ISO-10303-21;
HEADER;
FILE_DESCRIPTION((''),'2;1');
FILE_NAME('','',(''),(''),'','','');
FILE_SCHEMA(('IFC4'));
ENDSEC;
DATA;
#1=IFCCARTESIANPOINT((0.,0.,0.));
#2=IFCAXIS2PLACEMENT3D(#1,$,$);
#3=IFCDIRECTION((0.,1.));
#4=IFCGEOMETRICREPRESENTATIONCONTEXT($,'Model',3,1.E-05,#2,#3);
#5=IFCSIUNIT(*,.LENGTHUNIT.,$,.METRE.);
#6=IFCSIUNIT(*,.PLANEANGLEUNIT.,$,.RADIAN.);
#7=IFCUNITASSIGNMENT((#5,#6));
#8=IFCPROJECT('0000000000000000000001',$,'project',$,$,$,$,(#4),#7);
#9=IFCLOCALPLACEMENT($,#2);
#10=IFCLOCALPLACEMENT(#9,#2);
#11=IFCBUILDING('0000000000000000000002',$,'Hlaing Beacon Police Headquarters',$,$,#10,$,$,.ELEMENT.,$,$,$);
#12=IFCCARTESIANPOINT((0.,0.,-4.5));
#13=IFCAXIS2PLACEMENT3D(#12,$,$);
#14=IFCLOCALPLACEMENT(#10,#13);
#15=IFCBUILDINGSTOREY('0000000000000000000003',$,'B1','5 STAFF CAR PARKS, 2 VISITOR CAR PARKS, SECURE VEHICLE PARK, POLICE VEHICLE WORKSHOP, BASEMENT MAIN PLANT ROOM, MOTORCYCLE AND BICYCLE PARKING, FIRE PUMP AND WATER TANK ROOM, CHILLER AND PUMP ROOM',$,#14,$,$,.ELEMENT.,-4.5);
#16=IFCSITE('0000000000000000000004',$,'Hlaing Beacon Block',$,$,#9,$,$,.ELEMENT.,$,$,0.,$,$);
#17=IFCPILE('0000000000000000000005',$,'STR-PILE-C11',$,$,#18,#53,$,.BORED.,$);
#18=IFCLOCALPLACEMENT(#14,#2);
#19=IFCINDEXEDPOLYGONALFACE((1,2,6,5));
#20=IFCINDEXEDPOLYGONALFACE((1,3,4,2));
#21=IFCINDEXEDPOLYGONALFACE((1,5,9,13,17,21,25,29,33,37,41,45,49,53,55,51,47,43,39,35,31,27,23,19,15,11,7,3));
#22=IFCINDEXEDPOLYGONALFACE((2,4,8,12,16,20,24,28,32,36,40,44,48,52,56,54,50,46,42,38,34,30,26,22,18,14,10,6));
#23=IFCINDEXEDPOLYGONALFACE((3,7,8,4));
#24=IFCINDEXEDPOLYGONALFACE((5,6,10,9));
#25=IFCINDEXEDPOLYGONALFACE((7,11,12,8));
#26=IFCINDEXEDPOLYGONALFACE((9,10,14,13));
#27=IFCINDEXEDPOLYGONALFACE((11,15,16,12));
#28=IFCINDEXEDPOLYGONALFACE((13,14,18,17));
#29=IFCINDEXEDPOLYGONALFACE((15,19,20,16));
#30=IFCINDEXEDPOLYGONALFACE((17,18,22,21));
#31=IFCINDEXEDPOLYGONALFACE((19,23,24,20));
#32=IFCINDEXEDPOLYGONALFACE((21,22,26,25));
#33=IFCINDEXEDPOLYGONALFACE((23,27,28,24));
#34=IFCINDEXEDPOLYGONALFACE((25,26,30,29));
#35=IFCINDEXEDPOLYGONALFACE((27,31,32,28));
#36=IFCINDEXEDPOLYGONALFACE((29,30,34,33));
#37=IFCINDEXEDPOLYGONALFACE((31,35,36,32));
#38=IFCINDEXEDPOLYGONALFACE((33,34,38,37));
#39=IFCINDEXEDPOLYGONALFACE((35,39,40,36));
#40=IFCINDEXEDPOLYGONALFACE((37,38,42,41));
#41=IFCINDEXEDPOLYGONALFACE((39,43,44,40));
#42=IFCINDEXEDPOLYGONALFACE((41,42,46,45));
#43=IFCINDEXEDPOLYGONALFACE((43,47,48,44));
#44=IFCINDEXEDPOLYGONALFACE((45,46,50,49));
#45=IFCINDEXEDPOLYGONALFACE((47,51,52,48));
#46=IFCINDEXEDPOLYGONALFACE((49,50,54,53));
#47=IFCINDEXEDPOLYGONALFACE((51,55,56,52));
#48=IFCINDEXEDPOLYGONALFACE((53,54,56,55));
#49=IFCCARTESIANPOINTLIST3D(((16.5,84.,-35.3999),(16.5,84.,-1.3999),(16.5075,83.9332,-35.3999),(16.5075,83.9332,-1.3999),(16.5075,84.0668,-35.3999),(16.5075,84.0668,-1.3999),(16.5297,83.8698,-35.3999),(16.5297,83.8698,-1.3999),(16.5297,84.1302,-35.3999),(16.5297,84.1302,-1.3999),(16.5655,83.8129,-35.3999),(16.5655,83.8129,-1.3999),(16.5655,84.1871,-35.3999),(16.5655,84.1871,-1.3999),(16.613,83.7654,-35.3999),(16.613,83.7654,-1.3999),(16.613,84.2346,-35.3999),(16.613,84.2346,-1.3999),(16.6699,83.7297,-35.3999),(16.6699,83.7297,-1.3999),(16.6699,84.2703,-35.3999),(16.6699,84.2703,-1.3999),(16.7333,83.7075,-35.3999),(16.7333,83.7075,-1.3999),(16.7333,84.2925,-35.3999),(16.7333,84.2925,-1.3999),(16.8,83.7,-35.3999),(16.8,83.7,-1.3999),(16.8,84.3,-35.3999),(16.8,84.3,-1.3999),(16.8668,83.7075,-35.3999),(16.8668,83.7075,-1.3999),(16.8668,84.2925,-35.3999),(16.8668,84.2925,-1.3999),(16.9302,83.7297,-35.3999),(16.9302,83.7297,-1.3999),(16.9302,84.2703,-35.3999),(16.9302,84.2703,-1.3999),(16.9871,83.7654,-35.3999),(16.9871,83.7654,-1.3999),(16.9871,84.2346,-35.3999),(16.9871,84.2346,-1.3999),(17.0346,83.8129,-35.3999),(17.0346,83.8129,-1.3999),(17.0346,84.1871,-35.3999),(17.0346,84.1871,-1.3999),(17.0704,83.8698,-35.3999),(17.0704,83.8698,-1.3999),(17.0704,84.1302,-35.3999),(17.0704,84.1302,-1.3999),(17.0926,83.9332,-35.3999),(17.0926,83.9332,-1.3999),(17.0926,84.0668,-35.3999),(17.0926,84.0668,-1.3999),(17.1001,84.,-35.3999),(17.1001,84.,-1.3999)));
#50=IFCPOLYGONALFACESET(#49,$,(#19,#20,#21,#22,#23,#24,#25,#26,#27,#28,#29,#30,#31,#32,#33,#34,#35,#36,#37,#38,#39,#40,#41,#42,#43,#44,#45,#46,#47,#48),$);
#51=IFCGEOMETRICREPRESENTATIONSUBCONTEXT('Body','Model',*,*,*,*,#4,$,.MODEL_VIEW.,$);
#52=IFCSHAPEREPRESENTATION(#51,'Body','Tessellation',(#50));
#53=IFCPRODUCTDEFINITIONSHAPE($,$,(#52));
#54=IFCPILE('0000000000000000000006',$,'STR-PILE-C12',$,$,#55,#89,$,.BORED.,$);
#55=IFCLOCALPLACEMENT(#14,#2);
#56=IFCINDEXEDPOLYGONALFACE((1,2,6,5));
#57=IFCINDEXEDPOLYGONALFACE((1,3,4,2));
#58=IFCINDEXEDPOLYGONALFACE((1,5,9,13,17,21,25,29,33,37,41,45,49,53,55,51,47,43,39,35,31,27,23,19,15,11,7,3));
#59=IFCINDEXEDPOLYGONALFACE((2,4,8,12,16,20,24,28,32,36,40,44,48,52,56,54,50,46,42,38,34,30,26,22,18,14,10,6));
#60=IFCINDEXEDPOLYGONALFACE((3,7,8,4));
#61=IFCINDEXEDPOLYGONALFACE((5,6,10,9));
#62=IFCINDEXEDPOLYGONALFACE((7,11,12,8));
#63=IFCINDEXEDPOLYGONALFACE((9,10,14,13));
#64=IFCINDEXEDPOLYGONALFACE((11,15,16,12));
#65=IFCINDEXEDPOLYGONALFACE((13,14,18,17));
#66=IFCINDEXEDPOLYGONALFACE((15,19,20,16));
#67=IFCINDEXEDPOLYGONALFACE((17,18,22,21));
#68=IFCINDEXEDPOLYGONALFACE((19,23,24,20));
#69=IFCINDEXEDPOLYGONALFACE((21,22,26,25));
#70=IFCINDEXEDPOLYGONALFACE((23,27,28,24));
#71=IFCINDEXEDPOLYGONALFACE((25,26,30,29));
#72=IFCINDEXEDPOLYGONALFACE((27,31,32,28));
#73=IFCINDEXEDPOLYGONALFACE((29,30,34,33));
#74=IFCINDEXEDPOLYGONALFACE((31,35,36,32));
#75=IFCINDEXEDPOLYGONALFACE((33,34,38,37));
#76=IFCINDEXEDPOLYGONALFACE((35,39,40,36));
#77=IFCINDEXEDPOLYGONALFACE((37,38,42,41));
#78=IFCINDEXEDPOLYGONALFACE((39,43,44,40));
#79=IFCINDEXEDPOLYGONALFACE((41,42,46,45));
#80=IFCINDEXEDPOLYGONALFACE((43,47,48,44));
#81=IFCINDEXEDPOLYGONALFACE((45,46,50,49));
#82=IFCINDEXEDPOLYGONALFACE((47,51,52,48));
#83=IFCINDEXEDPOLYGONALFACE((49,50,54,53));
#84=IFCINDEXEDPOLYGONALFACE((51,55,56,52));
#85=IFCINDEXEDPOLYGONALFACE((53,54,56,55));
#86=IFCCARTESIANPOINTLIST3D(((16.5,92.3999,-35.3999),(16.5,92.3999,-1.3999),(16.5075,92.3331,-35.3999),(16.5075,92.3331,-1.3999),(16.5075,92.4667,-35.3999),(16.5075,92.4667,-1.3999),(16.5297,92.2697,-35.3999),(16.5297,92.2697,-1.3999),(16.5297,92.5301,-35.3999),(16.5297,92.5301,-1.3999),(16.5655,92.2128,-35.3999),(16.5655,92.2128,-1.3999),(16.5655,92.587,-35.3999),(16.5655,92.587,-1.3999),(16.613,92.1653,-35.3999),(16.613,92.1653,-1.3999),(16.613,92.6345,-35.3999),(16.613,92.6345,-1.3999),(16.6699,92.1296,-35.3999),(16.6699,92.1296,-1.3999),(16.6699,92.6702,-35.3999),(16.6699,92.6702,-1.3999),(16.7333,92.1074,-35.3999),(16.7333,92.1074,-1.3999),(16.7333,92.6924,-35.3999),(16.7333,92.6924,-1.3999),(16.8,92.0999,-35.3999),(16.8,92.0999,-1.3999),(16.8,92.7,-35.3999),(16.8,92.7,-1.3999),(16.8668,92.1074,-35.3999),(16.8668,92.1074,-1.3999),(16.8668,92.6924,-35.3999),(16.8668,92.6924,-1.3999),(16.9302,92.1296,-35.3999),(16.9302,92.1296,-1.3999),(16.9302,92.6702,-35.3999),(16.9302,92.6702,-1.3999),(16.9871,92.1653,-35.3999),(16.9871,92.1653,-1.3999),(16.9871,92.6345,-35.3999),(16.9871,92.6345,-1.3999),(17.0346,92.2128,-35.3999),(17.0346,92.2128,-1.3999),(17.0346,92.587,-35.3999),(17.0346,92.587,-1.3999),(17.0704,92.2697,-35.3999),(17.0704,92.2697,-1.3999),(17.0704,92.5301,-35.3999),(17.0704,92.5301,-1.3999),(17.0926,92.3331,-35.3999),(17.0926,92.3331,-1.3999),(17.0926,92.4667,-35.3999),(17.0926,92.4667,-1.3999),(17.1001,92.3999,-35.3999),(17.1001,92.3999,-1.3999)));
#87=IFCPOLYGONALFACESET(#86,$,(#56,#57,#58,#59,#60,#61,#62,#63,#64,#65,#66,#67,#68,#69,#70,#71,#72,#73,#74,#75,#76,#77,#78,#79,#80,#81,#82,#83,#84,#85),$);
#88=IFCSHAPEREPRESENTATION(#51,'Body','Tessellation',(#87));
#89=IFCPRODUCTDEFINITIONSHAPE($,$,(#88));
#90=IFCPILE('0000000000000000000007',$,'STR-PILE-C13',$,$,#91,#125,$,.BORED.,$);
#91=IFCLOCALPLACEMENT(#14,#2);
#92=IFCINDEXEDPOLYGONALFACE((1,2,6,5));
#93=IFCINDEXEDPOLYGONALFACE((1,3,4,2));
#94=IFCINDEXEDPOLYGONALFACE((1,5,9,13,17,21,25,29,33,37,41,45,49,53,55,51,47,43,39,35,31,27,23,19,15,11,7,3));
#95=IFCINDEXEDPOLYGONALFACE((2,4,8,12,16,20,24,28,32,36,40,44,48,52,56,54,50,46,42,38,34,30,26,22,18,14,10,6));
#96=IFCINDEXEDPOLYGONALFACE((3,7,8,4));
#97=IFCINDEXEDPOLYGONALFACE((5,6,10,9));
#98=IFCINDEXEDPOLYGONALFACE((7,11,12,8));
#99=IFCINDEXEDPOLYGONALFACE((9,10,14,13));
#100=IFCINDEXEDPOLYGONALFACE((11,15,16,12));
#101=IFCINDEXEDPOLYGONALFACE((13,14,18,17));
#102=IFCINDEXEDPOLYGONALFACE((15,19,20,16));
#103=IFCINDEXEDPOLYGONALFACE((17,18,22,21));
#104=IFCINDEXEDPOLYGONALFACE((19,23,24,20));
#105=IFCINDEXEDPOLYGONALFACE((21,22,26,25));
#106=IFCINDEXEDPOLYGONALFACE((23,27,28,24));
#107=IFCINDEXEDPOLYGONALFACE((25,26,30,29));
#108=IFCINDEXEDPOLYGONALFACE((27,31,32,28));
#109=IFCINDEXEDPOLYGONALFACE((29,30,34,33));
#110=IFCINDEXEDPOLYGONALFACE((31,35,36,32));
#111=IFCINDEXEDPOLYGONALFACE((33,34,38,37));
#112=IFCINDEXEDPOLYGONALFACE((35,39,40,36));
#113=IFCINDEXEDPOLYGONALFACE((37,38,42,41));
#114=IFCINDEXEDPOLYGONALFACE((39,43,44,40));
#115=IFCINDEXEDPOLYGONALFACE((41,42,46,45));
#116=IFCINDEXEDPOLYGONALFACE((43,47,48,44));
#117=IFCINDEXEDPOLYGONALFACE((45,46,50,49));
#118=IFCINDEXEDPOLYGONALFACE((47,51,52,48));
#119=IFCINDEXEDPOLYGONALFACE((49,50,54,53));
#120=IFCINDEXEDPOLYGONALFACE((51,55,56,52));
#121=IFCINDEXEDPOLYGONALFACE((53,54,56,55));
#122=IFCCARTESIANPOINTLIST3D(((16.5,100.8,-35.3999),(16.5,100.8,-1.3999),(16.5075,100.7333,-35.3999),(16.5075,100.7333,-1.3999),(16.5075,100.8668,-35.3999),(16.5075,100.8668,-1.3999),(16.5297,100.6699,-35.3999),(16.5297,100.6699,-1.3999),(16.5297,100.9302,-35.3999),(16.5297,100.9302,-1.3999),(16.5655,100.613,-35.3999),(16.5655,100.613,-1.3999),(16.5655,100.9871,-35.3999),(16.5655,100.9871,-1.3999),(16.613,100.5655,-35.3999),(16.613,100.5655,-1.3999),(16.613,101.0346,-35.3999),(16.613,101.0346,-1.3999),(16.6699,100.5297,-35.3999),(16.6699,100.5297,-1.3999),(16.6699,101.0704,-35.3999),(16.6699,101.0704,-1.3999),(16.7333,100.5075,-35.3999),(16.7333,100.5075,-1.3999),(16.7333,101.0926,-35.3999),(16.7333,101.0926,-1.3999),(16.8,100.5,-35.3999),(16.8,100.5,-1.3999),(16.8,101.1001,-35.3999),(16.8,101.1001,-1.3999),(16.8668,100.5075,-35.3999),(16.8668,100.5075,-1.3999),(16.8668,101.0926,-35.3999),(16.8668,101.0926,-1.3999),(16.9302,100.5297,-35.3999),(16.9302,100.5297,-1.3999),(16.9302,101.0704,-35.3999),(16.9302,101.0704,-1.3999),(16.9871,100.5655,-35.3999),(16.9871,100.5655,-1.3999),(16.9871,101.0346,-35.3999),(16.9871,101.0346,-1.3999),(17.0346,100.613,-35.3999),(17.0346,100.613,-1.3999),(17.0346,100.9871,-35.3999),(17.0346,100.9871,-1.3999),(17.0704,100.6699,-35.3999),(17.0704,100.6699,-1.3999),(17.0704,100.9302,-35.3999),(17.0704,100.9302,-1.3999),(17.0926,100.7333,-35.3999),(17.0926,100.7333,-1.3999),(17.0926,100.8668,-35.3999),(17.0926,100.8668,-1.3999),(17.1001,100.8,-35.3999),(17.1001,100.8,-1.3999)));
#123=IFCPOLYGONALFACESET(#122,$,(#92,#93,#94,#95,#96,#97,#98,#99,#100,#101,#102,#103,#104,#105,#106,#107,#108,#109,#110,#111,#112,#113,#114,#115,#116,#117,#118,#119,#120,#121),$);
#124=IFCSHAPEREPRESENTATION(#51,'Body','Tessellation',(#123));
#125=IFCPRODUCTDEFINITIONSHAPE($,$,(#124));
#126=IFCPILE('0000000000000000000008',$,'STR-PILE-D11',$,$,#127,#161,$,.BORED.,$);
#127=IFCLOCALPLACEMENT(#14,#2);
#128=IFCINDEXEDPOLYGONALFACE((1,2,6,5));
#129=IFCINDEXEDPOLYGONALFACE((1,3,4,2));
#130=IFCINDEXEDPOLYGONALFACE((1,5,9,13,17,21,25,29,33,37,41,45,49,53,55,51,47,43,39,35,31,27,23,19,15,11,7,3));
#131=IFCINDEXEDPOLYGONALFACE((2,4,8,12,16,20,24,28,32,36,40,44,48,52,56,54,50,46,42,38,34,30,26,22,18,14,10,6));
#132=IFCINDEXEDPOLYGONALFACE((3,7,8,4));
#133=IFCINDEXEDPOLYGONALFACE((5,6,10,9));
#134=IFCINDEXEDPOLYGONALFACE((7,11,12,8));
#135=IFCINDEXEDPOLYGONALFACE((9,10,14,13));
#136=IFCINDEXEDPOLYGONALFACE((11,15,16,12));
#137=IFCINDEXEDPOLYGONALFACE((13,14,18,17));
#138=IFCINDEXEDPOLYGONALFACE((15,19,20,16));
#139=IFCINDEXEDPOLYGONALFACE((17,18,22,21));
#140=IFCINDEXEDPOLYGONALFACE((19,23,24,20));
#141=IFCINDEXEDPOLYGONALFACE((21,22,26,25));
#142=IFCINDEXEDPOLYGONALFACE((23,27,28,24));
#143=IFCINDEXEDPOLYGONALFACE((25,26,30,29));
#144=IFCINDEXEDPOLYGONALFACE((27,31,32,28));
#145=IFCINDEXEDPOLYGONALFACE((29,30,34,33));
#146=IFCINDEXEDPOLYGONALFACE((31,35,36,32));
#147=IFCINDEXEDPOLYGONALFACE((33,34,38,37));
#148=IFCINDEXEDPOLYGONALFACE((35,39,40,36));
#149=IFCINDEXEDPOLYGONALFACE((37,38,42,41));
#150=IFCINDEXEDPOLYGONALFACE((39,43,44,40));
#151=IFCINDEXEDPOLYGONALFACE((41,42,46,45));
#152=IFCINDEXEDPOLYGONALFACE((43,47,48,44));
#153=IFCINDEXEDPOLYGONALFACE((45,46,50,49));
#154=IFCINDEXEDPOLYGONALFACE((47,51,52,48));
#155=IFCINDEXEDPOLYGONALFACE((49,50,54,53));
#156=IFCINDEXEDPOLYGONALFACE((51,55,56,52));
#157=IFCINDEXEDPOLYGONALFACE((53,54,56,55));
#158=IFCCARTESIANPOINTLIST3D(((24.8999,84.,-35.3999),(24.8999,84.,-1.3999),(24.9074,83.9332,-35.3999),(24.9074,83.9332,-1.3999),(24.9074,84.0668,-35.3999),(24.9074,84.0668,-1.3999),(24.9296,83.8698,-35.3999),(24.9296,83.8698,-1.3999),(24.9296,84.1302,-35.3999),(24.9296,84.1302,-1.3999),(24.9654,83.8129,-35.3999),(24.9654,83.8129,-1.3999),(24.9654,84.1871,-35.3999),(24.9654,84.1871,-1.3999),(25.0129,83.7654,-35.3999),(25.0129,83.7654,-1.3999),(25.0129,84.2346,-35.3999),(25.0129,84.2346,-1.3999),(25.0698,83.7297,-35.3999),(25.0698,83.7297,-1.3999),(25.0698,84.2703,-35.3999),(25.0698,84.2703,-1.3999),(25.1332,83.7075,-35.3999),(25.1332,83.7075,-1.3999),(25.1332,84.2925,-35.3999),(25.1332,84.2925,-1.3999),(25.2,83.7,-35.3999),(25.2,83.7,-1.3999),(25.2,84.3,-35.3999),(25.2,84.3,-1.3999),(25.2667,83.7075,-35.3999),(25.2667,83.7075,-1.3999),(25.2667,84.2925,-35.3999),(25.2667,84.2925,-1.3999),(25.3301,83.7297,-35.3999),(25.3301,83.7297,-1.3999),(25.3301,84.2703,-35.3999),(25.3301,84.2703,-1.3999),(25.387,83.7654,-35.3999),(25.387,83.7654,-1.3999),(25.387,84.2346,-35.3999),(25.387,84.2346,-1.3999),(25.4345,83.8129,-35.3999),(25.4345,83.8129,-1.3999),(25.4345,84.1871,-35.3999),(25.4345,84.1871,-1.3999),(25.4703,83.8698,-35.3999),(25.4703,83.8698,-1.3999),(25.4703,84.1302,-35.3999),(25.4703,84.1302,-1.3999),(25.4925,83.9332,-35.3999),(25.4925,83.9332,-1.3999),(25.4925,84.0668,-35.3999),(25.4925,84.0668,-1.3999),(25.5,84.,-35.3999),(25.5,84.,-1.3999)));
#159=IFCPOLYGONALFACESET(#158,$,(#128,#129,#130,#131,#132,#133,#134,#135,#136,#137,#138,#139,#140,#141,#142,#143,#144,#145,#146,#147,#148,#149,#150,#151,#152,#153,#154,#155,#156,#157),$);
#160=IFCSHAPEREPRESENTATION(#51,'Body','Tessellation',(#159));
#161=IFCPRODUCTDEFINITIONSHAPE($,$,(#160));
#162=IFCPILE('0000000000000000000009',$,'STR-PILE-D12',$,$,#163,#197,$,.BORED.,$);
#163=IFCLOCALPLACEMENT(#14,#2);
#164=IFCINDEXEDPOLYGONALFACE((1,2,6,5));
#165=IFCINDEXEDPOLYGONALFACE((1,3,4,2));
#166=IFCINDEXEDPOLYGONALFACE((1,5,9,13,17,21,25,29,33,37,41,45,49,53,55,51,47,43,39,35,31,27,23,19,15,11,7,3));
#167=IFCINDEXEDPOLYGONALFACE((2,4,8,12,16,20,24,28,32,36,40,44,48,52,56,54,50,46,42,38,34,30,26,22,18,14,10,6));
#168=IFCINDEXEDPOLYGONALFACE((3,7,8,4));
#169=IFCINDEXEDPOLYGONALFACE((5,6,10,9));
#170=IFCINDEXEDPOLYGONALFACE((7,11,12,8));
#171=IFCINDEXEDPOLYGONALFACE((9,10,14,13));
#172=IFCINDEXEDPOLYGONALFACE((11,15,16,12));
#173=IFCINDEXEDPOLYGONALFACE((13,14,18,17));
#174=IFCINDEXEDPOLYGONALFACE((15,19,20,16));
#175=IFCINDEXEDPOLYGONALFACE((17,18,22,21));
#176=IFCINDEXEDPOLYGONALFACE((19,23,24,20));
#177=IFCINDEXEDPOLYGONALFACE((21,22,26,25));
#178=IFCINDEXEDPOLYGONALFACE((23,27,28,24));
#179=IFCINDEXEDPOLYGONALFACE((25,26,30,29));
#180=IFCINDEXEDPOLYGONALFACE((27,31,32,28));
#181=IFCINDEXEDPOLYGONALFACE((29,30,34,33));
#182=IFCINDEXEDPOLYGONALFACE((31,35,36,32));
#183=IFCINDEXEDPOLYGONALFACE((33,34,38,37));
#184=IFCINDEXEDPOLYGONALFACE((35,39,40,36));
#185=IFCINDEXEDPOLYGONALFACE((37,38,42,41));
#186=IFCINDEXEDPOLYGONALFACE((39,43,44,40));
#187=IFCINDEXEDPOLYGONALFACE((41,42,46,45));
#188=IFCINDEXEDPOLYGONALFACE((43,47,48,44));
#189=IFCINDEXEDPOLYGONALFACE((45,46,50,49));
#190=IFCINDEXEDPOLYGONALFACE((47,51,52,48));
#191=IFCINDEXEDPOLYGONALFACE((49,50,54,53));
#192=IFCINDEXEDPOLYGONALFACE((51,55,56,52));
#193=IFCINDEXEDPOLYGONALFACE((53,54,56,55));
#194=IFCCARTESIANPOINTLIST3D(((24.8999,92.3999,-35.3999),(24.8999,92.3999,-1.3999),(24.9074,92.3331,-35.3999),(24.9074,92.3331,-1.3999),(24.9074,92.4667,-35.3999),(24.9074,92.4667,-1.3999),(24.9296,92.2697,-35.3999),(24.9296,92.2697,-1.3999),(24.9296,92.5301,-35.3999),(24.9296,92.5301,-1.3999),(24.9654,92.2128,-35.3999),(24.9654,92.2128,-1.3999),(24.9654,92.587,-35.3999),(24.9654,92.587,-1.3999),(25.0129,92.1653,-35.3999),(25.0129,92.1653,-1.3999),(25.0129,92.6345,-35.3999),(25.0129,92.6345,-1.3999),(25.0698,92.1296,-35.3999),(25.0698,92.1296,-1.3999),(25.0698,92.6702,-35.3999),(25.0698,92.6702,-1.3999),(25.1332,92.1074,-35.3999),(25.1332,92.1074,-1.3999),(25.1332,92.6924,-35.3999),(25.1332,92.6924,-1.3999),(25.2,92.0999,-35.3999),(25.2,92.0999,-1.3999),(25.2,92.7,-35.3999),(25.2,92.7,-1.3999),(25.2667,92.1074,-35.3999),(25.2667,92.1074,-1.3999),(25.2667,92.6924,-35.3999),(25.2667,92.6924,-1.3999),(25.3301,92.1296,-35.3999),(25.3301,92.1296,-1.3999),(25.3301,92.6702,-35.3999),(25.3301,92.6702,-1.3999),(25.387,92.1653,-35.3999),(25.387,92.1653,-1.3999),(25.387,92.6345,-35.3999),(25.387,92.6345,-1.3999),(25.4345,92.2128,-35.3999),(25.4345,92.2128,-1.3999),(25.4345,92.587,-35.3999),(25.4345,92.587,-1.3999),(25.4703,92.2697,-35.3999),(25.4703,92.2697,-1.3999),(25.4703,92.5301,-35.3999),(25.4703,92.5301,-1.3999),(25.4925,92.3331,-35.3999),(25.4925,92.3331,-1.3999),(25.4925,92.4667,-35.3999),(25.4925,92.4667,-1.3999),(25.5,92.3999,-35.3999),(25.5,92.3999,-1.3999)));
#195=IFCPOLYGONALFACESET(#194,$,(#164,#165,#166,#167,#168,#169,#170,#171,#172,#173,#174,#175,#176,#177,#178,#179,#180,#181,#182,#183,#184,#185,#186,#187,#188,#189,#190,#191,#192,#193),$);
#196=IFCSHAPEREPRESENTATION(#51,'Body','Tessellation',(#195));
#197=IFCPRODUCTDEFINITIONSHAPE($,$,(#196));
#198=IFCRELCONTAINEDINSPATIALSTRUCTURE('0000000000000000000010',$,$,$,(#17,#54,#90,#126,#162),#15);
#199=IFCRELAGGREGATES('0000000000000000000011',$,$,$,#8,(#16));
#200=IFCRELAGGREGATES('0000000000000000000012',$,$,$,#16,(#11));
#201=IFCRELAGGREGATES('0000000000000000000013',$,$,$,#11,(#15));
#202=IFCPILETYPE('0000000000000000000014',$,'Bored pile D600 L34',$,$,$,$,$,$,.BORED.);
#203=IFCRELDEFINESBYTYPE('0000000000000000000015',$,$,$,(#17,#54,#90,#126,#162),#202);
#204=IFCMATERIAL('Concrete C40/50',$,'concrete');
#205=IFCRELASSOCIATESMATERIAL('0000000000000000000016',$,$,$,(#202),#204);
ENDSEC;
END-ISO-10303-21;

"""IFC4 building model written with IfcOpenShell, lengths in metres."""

from ifc_helpers import new_model, si_unit, direction, frame, origin, origin_2d, place, context, subcontext, project, spatial, circle, extrude, material, material_profile, profile_set, type_object, element, save


model = new_model("IFC4")

# Units and contexts
model_context = context("Model", 3, precision=1e-05, world=origin(), true_north=direction((0.0, 1.0)))
body_context = subcontext(model_context, "Body", "Model", "MODEL_VIEW")
ifc_project = project(units=[si_unit("LENGTHUNIT", "METRE"), si_unit("PLANEANGLEUNIT", "RADIAN")], contexts=[model_context])

# Site, building, storey
site_placement = place(None, origin())
site = spatial("IfcSite", under=ifc_project, at=site_placement, Name="Hlaing Beacon Block", CompositionType="ELEMENT", RefElevation=0.0)
building_placement = place(site_placement, origin())
building = spatial("IfcBuilding", under=site, at=building_placement, Name="Hlaing Beacon Police Headquarters", CompositionType="ELEMENT")
storey_placement = place(building_placement, frame((0.0, 0.0, -4.5)))
storey = spatial("IfcBuildingStorey", under=building, at=storey_placement, Name="B1", Description="5 STAFF CAR PARKS, 2 VISITOR CAR PARKS, SECURE VEHICLE PARK, POLICE VEHICLE WORKSHOP, BASEMENT MAIN PLANT ROOM, MOTORCYCLE AND BICYCLE PARKING, FIRE PUMP AND WATER TANK ROOM, CHILLER AND PUMP ROOM", CompositionType="ELEMENT", Elevation=-4.5)

# Piles
ifc_material_1 = material(Name="Concrete C40/50", Category="concrete")
ifc_material_profile_1 = material_profile(ifc_material_1, circle(Radius=0.3, at=origin_2d()), Name="D600")
ifc_profile_set_1 = profile_set([ifc_material_profile_1], Name="Concrete C40/50")
pile_type_1 = type_object("IfcPileType", Name="Bored pile D600 L34", PredefinedType="BORED", material=ifc_profile_set_1)
for number, where, z_axis, x_axis, name in (
    (1, (16.8, 84.0, -1.3999), (0.0, 0.0, -1.0), (1.0, 0.0, 0.0), "STR-PILE-C11"),
    (2, (16.8, 92.3999, -1.3999), (0.0, 0.0, -1.0), (1.0, 0.0, 0.0), "STR-PILE-C12"),
    (3, (16.8, 100.8, -1.3999), (0.0, 0.0, -1.0), (1.0, 0.0, 0.0), "STR-PILE-C13"),
    (4, (25.2, 84.0, -1.3999), (0.0, 0.0, -1.0), (1.0, 0.0, 0.0), "STR-PILE-D11"),
    (5, (25.2, 92.3999, -1.3999), (0.0, 0.0, -1.0), (1.0, 0.0, 0.0), "STR-PILE-D12"),
):
    element("IfcPile", number, at=place(storey_placement, frame(where, z_axis=z_axis, x_axis=x_axis)), inside=storey, type_object=pile_type_1, Name=name, PredefinedType="BORED", context=body_context, shape_type="SweptSolid", body=[
        extrude(circle(Radius=0.3, at=origin_2d()), origin(), (0.0, 0.0, 1.0), 34.0),
    ])

save(model, "model.ifc")
